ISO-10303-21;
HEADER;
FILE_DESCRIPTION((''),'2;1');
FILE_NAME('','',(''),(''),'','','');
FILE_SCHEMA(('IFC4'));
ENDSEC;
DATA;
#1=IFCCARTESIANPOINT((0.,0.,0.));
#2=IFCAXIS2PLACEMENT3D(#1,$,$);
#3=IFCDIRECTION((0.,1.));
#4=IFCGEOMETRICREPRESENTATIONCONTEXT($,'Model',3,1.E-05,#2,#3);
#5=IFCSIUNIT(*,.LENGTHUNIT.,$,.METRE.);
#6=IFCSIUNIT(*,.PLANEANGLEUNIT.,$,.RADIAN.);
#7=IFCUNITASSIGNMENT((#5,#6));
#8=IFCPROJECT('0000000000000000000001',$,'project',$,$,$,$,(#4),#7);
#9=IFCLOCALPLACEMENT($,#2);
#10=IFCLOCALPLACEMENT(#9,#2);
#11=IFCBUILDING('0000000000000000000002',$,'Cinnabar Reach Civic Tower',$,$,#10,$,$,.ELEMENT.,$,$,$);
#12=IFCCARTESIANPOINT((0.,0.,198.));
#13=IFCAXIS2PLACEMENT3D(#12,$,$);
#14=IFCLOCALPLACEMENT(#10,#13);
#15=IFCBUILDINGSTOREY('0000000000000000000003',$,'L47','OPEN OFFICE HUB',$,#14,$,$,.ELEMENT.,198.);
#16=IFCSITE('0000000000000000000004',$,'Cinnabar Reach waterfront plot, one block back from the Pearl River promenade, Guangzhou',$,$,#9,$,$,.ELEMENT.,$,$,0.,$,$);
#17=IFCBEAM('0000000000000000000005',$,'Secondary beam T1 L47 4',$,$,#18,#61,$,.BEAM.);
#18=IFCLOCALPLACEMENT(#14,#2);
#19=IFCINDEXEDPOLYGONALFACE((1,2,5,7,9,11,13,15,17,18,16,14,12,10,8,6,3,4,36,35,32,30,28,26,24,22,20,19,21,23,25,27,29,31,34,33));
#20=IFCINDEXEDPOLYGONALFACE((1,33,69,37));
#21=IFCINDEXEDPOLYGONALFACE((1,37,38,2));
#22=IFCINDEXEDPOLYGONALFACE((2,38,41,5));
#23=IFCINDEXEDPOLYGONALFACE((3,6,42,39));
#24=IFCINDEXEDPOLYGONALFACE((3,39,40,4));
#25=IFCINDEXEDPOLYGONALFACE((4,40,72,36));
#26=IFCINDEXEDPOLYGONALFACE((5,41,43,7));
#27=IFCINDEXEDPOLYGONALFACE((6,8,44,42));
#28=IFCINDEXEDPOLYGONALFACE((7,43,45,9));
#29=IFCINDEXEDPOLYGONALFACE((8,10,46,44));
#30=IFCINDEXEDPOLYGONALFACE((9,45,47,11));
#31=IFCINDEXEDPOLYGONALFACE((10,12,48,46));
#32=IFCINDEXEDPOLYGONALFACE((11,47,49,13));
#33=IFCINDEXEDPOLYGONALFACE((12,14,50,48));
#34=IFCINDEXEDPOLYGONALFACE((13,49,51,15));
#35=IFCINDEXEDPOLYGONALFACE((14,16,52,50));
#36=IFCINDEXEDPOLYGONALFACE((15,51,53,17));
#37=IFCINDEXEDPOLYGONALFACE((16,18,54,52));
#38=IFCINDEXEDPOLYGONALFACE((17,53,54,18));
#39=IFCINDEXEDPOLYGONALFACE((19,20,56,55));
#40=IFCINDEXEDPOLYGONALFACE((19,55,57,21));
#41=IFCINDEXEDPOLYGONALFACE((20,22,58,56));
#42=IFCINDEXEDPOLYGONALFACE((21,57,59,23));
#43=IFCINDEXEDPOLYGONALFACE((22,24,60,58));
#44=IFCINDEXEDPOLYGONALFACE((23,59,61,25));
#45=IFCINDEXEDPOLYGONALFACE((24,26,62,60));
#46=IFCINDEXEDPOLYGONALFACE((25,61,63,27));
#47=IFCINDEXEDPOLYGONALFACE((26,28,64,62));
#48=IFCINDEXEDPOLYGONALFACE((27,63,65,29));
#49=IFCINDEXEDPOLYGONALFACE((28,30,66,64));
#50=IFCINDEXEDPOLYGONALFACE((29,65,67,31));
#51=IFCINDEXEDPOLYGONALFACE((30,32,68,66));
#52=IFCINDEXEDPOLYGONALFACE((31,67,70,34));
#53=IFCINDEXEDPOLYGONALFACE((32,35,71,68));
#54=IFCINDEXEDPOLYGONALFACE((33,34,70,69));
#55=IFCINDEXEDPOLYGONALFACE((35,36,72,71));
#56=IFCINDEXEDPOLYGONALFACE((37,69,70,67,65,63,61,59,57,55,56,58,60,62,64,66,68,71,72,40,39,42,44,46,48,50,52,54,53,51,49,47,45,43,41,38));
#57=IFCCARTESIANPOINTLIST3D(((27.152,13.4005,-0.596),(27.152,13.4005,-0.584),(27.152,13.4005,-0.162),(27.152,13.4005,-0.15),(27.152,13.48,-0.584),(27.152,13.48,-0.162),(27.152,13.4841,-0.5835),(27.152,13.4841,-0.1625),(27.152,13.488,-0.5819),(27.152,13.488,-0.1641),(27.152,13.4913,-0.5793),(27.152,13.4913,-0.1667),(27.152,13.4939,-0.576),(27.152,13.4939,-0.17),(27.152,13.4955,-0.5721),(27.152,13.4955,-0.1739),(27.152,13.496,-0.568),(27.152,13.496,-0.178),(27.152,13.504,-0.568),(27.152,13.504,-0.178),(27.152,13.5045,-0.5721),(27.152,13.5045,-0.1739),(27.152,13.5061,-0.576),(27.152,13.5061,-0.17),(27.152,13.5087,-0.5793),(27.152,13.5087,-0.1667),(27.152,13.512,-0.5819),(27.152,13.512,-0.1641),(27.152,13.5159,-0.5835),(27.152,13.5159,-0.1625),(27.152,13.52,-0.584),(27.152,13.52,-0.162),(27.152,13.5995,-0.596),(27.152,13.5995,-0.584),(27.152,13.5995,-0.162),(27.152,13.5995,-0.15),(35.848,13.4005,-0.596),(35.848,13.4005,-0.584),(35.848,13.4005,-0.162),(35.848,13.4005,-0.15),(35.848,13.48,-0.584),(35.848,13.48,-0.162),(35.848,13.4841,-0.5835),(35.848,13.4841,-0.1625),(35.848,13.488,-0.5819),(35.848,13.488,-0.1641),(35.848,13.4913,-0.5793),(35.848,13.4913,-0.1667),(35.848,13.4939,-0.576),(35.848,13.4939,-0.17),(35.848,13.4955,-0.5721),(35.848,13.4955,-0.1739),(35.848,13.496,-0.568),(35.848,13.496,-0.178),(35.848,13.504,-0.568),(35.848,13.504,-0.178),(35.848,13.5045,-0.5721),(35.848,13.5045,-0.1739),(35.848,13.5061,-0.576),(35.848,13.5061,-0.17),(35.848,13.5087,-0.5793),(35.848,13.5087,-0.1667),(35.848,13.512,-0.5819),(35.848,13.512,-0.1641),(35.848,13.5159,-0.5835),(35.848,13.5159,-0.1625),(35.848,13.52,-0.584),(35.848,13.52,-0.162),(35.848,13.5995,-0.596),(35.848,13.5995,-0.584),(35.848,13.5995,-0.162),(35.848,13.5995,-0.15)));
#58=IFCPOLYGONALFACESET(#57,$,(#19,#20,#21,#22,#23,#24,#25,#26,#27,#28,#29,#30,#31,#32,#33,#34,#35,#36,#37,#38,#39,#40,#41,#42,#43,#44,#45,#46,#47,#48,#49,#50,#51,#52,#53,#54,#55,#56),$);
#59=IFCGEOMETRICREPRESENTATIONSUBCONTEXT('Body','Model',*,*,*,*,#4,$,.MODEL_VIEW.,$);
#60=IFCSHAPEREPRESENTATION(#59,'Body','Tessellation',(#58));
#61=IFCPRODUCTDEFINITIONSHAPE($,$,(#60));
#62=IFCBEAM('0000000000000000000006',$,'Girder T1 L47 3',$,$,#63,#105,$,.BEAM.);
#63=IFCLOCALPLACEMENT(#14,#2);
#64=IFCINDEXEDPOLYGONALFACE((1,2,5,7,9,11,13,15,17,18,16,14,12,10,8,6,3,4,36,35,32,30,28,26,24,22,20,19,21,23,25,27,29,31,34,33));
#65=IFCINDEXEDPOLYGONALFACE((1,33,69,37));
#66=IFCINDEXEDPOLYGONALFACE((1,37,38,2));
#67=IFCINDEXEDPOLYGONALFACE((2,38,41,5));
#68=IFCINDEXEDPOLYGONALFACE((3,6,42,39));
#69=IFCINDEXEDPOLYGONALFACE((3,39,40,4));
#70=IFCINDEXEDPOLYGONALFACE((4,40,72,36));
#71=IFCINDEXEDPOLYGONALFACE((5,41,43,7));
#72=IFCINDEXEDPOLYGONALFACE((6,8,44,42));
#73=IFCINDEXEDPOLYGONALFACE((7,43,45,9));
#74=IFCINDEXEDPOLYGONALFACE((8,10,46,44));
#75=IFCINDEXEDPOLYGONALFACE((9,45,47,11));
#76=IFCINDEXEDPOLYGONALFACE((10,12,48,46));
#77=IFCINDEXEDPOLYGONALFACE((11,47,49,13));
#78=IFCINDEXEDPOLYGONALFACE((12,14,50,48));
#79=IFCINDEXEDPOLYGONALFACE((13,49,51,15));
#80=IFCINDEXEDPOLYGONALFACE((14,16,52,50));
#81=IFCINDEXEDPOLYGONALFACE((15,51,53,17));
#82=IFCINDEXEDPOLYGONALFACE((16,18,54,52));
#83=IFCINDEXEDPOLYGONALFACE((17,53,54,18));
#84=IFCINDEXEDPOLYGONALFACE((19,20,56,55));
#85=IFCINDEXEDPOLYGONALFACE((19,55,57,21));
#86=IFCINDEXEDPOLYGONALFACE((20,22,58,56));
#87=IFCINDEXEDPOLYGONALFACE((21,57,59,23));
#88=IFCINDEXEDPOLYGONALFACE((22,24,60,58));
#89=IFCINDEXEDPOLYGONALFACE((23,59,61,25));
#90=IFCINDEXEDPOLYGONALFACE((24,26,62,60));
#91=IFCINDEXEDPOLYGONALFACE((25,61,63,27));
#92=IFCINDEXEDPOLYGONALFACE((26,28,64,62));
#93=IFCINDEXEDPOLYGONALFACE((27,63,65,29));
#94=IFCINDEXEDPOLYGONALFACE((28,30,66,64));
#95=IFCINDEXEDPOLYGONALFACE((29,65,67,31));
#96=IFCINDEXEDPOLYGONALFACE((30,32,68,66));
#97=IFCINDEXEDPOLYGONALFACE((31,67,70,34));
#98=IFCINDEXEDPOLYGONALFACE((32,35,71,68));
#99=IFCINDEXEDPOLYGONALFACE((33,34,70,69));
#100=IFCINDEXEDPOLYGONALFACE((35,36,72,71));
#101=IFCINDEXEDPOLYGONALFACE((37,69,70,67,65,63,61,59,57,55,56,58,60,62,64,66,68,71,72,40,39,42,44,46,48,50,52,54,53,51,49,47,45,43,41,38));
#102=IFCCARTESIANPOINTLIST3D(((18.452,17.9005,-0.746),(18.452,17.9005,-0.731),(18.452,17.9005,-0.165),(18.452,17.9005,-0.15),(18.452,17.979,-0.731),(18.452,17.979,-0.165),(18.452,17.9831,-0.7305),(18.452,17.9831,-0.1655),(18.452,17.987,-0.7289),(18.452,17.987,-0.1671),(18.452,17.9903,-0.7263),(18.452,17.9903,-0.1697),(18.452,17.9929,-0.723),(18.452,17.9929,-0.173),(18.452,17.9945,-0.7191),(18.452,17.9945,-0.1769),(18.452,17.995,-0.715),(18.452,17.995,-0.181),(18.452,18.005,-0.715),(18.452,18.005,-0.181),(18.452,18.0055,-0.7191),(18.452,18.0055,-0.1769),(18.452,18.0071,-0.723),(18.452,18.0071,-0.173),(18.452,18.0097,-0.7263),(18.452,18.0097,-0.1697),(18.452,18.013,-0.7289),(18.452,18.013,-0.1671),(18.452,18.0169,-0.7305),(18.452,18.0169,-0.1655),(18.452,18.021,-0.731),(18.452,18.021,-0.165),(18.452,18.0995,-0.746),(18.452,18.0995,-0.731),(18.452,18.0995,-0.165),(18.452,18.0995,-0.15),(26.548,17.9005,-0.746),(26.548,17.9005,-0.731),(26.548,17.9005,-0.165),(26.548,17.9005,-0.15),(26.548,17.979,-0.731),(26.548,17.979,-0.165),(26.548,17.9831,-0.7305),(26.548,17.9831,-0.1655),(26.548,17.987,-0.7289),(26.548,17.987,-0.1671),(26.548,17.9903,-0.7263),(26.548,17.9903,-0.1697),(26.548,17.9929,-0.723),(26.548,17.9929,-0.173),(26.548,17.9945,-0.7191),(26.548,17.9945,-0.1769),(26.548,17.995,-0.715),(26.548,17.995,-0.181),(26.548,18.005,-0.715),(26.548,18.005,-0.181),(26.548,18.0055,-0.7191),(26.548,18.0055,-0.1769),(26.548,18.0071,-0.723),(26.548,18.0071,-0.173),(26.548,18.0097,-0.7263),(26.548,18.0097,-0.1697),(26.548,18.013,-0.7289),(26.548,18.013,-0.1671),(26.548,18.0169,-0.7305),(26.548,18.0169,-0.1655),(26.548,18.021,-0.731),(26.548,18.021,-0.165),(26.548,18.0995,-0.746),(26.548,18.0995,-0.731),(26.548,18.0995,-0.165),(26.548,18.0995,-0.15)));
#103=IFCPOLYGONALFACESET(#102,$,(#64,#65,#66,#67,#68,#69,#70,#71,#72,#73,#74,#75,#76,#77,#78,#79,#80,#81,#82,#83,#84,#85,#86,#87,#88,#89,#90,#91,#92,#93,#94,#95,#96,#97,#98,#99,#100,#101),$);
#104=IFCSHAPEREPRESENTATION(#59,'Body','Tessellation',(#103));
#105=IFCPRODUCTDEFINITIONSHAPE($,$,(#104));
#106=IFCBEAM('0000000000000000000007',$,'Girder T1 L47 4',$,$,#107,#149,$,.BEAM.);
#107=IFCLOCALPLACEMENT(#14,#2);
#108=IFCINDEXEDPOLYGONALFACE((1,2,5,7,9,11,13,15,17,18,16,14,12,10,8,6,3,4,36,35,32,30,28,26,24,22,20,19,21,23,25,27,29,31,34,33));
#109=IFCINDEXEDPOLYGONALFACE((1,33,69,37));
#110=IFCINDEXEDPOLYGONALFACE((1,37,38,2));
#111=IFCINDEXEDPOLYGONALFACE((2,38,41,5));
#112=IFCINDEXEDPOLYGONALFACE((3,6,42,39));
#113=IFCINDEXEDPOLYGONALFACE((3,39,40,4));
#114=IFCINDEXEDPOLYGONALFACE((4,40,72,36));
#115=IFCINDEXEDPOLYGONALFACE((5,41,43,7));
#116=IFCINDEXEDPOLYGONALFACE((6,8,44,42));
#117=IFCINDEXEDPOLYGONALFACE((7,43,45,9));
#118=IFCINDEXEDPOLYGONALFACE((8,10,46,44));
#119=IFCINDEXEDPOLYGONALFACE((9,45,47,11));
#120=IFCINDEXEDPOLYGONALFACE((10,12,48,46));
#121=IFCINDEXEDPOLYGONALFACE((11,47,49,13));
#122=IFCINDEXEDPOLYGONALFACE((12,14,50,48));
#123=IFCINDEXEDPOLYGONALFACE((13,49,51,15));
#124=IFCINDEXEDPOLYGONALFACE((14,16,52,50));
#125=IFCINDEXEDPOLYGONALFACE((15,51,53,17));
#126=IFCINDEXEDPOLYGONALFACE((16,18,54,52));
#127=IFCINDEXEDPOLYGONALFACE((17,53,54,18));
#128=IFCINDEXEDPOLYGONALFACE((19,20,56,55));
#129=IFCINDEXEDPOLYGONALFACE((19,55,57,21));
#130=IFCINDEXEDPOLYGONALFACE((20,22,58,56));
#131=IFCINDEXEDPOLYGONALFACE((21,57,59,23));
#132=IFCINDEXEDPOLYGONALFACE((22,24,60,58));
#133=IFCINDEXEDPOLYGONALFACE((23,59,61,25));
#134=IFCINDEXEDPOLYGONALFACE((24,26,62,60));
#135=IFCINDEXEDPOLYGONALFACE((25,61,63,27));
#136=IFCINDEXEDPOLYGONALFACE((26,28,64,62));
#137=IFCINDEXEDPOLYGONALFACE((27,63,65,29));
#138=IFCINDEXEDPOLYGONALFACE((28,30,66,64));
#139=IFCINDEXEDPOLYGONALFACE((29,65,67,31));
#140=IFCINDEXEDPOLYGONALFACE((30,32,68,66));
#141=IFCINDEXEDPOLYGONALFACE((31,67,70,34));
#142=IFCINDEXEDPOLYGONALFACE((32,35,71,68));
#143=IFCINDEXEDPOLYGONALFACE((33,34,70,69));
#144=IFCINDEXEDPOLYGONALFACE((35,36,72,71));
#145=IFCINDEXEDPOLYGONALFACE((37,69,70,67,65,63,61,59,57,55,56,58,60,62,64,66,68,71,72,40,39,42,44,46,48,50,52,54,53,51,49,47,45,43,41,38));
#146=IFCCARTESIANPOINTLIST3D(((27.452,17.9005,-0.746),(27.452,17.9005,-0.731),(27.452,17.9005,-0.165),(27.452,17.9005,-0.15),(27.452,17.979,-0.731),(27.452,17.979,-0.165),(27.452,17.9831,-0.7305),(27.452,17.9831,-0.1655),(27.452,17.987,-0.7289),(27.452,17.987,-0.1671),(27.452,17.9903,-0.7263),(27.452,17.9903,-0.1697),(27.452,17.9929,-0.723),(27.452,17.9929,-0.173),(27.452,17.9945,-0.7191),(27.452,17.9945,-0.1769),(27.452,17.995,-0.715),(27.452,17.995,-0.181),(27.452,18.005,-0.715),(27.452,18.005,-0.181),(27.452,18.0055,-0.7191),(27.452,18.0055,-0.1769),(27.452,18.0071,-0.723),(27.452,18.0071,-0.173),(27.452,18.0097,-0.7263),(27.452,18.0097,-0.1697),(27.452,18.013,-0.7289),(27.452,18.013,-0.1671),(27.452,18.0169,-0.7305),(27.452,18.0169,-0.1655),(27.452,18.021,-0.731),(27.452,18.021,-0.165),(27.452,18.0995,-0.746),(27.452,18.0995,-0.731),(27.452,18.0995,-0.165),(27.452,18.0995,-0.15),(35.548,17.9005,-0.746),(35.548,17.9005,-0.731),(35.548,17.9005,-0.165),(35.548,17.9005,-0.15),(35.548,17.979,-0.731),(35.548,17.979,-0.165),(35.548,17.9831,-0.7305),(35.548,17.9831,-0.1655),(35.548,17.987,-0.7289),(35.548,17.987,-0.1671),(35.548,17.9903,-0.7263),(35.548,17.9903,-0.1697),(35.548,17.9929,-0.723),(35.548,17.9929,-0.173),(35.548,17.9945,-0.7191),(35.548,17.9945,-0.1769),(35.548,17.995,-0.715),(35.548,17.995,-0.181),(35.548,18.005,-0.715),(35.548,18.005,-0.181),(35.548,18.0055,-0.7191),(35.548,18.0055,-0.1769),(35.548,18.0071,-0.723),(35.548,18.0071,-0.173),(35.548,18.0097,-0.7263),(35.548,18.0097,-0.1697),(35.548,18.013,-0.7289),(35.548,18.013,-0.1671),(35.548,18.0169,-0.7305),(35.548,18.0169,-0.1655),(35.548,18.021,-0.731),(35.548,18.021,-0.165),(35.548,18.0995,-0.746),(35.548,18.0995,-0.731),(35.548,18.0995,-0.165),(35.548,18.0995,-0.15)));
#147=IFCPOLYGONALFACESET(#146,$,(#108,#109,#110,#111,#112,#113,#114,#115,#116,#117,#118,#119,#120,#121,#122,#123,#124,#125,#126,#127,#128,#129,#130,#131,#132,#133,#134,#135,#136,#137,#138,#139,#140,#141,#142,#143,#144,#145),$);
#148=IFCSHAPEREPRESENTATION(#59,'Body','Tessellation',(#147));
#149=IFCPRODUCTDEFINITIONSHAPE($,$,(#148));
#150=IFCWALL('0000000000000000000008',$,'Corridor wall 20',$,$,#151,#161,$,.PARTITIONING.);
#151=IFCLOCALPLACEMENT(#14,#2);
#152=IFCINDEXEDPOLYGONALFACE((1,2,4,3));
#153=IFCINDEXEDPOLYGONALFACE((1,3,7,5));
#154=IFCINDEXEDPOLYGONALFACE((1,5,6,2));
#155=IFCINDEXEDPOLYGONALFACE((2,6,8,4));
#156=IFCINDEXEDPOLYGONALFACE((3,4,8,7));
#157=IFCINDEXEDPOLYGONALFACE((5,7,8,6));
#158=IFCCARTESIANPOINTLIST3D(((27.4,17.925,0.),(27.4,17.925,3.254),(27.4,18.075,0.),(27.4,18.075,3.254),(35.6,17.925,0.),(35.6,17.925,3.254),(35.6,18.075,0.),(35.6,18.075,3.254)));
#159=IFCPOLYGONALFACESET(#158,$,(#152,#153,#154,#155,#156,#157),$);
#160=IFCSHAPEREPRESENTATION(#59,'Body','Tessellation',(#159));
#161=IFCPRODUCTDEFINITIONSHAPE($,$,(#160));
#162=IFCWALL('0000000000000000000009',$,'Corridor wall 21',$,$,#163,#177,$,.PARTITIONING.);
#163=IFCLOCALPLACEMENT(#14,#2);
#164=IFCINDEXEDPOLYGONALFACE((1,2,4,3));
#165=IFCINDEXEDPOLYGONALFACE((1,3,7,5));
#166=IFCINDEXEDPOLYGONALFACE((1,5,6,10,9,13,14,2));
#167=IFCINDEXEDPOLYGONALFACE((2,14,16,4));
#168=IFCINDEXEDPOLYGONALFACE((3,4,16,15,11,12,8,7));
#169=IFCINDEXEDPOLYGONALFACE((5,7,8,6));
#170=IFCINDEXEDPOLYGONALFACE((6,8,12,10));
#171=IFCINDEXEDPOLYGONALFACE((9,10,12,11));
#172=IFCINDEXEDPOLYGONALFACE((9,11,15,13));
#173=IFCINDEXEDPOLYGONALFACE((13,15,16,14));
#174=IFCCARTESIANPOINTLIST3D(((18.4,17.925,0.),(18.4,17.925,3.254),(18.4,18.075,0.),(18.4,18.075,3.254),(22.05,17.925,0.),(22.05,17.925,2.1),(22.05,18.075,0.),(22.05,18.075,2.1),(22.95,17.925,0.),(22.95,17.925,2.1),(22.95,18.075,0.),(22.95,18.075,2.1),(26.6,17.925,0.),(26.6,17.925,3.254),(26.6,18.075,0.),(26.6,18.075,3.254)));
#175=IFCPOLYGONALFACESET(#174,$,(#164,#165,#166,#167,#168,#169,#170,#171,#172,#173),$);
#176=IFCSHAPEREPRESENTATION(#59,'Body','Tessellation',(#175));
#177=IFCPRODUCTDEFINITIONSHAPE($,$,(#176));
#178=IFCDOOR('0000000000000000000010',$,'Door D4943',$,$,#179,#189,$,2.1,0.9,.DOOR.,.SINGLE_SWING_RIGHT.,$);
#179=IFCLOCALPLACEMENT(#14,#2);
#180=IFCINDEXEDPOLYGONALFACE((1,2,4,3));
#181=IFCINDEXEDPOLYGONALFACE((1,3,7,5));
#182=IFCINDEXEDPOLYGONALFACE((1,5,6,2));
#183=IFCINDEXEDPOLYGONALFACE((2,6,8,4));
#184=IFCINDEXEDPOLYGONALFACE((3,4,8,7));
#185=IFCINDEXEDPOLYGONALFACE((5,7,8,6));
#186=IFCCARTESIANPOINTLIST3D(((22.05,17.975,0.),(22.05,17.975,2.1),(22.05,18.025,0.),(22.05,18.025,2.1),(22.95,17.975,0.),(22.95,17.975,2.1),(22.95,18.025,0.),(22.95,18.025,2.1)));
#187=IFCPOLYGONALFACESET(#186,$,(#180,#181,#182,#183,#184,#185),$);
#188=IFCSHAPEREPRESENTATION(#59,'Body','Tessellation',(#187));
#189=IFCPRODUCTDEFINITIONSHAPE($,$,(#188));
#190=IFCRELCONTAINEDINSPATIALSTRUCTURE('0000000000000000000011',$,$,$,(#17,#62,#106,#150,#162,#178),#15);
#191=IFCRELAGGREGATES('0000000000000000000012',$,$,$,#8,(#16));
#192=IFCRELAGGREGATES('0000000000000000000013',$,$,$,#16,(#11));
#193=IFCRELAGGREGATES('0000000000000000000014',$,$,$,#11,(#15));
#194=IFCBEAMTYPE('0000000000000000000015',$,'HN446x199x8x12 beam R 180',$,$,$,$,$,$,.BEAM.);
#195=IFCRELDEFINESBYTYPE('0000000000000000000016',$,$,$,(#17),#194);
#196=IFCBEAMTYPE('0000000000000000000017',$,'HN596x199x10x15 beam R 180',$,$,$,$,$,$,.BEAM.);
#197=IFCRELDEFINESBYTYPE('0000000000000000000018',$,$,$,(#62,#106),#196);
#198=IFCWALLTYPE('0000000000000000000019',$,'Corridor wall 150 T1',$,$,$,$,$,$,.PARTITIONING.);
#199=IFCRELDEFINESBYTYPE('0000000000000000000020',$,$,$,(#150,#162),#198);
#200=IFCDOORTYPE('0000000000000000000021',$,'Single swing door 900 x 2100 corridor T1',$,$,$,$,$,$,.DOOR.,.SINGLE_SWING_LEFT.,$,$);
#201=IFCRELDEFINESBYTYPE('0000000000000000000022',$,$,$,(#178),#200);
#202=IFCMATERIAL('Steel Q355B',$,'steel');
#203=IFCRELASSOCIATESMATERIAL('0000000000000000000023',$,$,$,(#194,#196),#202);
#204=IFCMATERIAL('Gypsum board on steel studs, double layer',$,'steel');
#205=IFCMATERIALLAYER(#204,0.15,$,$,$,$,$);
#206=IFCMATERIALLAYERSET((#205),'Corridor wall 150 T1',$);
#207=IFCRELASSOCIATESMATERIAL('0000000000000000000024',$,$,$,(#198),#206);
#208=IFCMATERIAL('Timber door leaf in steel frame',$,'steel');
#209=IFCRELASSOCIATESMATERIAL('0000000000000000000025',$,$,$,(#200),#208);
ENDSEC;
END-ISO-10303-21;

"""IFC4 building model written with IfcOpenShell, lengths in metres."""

from ifc_helpers import new_model, si_unit, direction, frame, frame_2d, origin, origin_2d, place, context, subcontext, project, spatial, rectangle, i_section, extrude, material, layer, layer_set, material_profile, profile_set, type_object, element, fill, save


model = new_model("IFC4")

# Units and contexts
model_context = context("Model", 3, precision=1e-05, world=origin(), true_north=direction((0.0, 1.0)))
body_context = subcontext(model_context, "Body", "Model", "MODEL_VIEW")
ifc_project = project(units=[si_unit("LENGTHUNIT", "METRE"), si_unit("PLANEANGLEUNIT", "RADIAN")], contexts=[model_context])

# Site, building, storey
site_placement = place(None, origin())
site = spatial("IfcSite", under=ifc_project, at=site_placement, Name="Cinnabar Reach waterfront plot, one block back from the Pearl River promenade, Guangzhou", CompositionType="ELEMENT", RefElevation=0.0)
building_placement = place(site_placement, origin())
building = spatial("IfcBuilding", under=site, at=building_placement, Name="Cinnabar Reach Civic Tower", CompositionType="ELEMENT")
storey_placement = place(building_placement, frame((0.0, 0.0, 198.0)))
storey = spatial("IfcBuildingStorey", under=building, at=storey_placement, Name="L47", Description="OPEN OFFICE HUB", CompositionType="ELEMENT", Elevation=198.0)

# Beams
ifc_material_1 = material(Name="Steel Q355B", Category="steel")
ifc_material_profile_1 = material_profile(ifc_material_1, i_section(OverallWidth=0.199, OverallDepth=0.446, WebThickness=0.008, FlangeThickness=0.012, FilletRadius=0.016, at=origin_2d()), Name="HN446x199x8x12")
ifc_profile_set_1 = profile_set([ifc_material_profile_1], Name="Steel Q355B")
beam_type_1 = type_object("IfcBeamType", Name="HN446x199x8x12 beam R 180", PredefinedType="BEAM", material=ifc_profile_set_1)
for number, where, z_axis, x_axis, name in (
    (1, (27.152, 13.5, -0.373), (1.0, 0.0, 0.0), (0.0, 1.0, 0.0), "Secondary beam T1 L47 4"),
):
    element("IfcBeam", number, at=place(storey_placement, frame(where, z_axis=z_axis, x_axis=x_axis)), inside=storey, type_object=beam_type_1, Name=name, PredefinedType="BEAM", context=body_context, shape_type="SweptSolid", body=[
        extrude(i_section(OverallWidth=0.199, OverallDepth=0.446, WebThickness=0.008, FlangeThickness=0.012, FilletRadius=0.016, at=origin_2d()), origin(), (0.0, 0.0, 1.0), 8.696),
    ])
ifc_material_profile_2 = material_profile(ifc_material_1, i_section(OverallWidth=0.199, OverallDepth=0.596, WebThickness=0.01, FlangeThickness=0.015, FilletRadius=0.016, at=origin_2d()), Name="HN596x199x10x15")
ifc_profile_set_2 = profile_set([ifc_material_profile_2], Name="Steel Q355B")
beam_type_2 = type_object("IfcBeamType", Name="HN596x199x10x15 beam R 180", PredefinedType="BEAM", material=ifc_profile_set_2)
for number, where, z_axis, x_axis, name in (
    (2, (18.452, 18.0, -0.448), (1.0, 0.0, 0.0), (0.0, 1.0, 0.0), "Girder T1 L47 3"),
    (3, (27.452, 18.0, -0.448), (1.0, 0.0, 0.0), (0.0, 1.0, 0.0), "Girder T1 L47 4"),
):
    element("IfcBeam", number, at=place(storey_placement, frame(where, z_axis=z_axis, x_axis=x_axis)), inside=storey, type_object=beam_type_2, Name=name, PredefinedType="BEAM", context=body_context, shape_type="SweptSolid", body=[
        extrude(i_section(OverallWidth=0.199, OverallDepth=0.596, WebThickness=0.01, FlangeThickness=0.015, FilletRadius=0.016, at=origin_2d()), origin(), (0.0, 0.0, 1.0), 8.096),
    ])

# Wall
ifc_material_2 = material(Name="Gypsum board on steel studs, double layer", Category="steel")
ifc_layer_1 = layer(ifc_material_2, 0.15)
ifc_layer_set_1 = layer_set([ifc_layer_1], Name="Corridor wall 150 T1")
wall_type_1 = type_object("IfcWallType", Name="Corridor wall 150 T1", PredefinedType="PARTITIONING", material=ifc_layer_set_1)
wall_1_placement = place(storey_placement, frame((27.4, 18.0, 0.0), z_axis=(0.0, 0.0, 1.0), x_axis=(1.0, 0.0, 0.0)))
element("IfcWall", 4, at=wall_1_placement, inside=storey, type_object=wall_type_1, Name="Corridor wall 20", PredefinedType="PARTITIONING", context=body_context, shape_type="SweptSolid", body=[
    extrude(rectangle(XDim=8.2, YDim=0.15, at=frame_2d((4.1, 0.0))), origin(), (0.0, 0.0, 1.0), 3.254),
])

# Wall, opening, door
wall_2_placement = place(storey_placement, frame((18.4, 18.0, 0.0), z_axis=(0.0, 0.0, 1.0), x_axis=(1.0, 0.0, 0.0)))
wall_2 = element("IfcWall", 5, at=wall_2_placement, inside=storey, type_object=wall_type_1, Name="Corridor wall 21", PredefinedType="PARTITIONING", context=body_context, shape_type="SweptSolid", body=[
    extrude(rectangle(XDim=8.2, YDim=0.15, at=frame_2d((4.1, 0.0))), origin(), (0.0, 0.0, 1.0), 3.254),
])
opening_placement = place(wall_2_placement, frame((3.65, 0.0, 0.0)))
opening = element("IfcOpeningElement", 6, at=opening_placement, cuts=wall_2, PredefinedType="OPENING", context=body_context, shape_type="SweptSolid", body=[
    extrude(rectangle(XDim=0.9, YDim=2.1, at=frame_2d((0.45, 1.05))), frame((0.0, 0.085, 0.0), z_axis=(0.0, -1.0, 0.0), x_axis=(1.0, 0.0, 0.0)), (0.0, 0.0, 1.0), 0.17),
])
ifc_material_3 = material(Name="Timber door leaf in steel frame", Category="steel")
door_type = type_object("IfcDoorType", Name="Single swing door 900 x 2100 corridor T1", OperationType="SINGLE_SWING_LEFT", PredefinedType="DOOR", material=ifc_material_3)
door_placement = place(opening_placement, frame((0.9, 0.0, 0.0), z_axis=(0.0, 0.0, 1.0), x_axis=(-1.0, 0.0, 0.0)))
door = element("IfcDoor", 7, at=door_placement, inside=storey, type_object=door_type, Name="Door D4943", OperationType="SINGLE_SWING_RIGHT", OverallHeight=2.1, OverallWidth=0.9, PredefinedType="DOOR", context=body_context, shape_type="SweptSolid", body=[
    extrude(rectangle(XDim=0.9, YDim=2.1, at=frame_2d((0.45, 1.05))), frame((0.0, 0.025, 0.0), z_axis=(0.0, -1.0, 0.0), x_axis=(1.0, 0.0, 0.0)), (0.0, 0.0, 1.0), 0.05),
])
fill(opening, door)

save(model, "model.ifc")
